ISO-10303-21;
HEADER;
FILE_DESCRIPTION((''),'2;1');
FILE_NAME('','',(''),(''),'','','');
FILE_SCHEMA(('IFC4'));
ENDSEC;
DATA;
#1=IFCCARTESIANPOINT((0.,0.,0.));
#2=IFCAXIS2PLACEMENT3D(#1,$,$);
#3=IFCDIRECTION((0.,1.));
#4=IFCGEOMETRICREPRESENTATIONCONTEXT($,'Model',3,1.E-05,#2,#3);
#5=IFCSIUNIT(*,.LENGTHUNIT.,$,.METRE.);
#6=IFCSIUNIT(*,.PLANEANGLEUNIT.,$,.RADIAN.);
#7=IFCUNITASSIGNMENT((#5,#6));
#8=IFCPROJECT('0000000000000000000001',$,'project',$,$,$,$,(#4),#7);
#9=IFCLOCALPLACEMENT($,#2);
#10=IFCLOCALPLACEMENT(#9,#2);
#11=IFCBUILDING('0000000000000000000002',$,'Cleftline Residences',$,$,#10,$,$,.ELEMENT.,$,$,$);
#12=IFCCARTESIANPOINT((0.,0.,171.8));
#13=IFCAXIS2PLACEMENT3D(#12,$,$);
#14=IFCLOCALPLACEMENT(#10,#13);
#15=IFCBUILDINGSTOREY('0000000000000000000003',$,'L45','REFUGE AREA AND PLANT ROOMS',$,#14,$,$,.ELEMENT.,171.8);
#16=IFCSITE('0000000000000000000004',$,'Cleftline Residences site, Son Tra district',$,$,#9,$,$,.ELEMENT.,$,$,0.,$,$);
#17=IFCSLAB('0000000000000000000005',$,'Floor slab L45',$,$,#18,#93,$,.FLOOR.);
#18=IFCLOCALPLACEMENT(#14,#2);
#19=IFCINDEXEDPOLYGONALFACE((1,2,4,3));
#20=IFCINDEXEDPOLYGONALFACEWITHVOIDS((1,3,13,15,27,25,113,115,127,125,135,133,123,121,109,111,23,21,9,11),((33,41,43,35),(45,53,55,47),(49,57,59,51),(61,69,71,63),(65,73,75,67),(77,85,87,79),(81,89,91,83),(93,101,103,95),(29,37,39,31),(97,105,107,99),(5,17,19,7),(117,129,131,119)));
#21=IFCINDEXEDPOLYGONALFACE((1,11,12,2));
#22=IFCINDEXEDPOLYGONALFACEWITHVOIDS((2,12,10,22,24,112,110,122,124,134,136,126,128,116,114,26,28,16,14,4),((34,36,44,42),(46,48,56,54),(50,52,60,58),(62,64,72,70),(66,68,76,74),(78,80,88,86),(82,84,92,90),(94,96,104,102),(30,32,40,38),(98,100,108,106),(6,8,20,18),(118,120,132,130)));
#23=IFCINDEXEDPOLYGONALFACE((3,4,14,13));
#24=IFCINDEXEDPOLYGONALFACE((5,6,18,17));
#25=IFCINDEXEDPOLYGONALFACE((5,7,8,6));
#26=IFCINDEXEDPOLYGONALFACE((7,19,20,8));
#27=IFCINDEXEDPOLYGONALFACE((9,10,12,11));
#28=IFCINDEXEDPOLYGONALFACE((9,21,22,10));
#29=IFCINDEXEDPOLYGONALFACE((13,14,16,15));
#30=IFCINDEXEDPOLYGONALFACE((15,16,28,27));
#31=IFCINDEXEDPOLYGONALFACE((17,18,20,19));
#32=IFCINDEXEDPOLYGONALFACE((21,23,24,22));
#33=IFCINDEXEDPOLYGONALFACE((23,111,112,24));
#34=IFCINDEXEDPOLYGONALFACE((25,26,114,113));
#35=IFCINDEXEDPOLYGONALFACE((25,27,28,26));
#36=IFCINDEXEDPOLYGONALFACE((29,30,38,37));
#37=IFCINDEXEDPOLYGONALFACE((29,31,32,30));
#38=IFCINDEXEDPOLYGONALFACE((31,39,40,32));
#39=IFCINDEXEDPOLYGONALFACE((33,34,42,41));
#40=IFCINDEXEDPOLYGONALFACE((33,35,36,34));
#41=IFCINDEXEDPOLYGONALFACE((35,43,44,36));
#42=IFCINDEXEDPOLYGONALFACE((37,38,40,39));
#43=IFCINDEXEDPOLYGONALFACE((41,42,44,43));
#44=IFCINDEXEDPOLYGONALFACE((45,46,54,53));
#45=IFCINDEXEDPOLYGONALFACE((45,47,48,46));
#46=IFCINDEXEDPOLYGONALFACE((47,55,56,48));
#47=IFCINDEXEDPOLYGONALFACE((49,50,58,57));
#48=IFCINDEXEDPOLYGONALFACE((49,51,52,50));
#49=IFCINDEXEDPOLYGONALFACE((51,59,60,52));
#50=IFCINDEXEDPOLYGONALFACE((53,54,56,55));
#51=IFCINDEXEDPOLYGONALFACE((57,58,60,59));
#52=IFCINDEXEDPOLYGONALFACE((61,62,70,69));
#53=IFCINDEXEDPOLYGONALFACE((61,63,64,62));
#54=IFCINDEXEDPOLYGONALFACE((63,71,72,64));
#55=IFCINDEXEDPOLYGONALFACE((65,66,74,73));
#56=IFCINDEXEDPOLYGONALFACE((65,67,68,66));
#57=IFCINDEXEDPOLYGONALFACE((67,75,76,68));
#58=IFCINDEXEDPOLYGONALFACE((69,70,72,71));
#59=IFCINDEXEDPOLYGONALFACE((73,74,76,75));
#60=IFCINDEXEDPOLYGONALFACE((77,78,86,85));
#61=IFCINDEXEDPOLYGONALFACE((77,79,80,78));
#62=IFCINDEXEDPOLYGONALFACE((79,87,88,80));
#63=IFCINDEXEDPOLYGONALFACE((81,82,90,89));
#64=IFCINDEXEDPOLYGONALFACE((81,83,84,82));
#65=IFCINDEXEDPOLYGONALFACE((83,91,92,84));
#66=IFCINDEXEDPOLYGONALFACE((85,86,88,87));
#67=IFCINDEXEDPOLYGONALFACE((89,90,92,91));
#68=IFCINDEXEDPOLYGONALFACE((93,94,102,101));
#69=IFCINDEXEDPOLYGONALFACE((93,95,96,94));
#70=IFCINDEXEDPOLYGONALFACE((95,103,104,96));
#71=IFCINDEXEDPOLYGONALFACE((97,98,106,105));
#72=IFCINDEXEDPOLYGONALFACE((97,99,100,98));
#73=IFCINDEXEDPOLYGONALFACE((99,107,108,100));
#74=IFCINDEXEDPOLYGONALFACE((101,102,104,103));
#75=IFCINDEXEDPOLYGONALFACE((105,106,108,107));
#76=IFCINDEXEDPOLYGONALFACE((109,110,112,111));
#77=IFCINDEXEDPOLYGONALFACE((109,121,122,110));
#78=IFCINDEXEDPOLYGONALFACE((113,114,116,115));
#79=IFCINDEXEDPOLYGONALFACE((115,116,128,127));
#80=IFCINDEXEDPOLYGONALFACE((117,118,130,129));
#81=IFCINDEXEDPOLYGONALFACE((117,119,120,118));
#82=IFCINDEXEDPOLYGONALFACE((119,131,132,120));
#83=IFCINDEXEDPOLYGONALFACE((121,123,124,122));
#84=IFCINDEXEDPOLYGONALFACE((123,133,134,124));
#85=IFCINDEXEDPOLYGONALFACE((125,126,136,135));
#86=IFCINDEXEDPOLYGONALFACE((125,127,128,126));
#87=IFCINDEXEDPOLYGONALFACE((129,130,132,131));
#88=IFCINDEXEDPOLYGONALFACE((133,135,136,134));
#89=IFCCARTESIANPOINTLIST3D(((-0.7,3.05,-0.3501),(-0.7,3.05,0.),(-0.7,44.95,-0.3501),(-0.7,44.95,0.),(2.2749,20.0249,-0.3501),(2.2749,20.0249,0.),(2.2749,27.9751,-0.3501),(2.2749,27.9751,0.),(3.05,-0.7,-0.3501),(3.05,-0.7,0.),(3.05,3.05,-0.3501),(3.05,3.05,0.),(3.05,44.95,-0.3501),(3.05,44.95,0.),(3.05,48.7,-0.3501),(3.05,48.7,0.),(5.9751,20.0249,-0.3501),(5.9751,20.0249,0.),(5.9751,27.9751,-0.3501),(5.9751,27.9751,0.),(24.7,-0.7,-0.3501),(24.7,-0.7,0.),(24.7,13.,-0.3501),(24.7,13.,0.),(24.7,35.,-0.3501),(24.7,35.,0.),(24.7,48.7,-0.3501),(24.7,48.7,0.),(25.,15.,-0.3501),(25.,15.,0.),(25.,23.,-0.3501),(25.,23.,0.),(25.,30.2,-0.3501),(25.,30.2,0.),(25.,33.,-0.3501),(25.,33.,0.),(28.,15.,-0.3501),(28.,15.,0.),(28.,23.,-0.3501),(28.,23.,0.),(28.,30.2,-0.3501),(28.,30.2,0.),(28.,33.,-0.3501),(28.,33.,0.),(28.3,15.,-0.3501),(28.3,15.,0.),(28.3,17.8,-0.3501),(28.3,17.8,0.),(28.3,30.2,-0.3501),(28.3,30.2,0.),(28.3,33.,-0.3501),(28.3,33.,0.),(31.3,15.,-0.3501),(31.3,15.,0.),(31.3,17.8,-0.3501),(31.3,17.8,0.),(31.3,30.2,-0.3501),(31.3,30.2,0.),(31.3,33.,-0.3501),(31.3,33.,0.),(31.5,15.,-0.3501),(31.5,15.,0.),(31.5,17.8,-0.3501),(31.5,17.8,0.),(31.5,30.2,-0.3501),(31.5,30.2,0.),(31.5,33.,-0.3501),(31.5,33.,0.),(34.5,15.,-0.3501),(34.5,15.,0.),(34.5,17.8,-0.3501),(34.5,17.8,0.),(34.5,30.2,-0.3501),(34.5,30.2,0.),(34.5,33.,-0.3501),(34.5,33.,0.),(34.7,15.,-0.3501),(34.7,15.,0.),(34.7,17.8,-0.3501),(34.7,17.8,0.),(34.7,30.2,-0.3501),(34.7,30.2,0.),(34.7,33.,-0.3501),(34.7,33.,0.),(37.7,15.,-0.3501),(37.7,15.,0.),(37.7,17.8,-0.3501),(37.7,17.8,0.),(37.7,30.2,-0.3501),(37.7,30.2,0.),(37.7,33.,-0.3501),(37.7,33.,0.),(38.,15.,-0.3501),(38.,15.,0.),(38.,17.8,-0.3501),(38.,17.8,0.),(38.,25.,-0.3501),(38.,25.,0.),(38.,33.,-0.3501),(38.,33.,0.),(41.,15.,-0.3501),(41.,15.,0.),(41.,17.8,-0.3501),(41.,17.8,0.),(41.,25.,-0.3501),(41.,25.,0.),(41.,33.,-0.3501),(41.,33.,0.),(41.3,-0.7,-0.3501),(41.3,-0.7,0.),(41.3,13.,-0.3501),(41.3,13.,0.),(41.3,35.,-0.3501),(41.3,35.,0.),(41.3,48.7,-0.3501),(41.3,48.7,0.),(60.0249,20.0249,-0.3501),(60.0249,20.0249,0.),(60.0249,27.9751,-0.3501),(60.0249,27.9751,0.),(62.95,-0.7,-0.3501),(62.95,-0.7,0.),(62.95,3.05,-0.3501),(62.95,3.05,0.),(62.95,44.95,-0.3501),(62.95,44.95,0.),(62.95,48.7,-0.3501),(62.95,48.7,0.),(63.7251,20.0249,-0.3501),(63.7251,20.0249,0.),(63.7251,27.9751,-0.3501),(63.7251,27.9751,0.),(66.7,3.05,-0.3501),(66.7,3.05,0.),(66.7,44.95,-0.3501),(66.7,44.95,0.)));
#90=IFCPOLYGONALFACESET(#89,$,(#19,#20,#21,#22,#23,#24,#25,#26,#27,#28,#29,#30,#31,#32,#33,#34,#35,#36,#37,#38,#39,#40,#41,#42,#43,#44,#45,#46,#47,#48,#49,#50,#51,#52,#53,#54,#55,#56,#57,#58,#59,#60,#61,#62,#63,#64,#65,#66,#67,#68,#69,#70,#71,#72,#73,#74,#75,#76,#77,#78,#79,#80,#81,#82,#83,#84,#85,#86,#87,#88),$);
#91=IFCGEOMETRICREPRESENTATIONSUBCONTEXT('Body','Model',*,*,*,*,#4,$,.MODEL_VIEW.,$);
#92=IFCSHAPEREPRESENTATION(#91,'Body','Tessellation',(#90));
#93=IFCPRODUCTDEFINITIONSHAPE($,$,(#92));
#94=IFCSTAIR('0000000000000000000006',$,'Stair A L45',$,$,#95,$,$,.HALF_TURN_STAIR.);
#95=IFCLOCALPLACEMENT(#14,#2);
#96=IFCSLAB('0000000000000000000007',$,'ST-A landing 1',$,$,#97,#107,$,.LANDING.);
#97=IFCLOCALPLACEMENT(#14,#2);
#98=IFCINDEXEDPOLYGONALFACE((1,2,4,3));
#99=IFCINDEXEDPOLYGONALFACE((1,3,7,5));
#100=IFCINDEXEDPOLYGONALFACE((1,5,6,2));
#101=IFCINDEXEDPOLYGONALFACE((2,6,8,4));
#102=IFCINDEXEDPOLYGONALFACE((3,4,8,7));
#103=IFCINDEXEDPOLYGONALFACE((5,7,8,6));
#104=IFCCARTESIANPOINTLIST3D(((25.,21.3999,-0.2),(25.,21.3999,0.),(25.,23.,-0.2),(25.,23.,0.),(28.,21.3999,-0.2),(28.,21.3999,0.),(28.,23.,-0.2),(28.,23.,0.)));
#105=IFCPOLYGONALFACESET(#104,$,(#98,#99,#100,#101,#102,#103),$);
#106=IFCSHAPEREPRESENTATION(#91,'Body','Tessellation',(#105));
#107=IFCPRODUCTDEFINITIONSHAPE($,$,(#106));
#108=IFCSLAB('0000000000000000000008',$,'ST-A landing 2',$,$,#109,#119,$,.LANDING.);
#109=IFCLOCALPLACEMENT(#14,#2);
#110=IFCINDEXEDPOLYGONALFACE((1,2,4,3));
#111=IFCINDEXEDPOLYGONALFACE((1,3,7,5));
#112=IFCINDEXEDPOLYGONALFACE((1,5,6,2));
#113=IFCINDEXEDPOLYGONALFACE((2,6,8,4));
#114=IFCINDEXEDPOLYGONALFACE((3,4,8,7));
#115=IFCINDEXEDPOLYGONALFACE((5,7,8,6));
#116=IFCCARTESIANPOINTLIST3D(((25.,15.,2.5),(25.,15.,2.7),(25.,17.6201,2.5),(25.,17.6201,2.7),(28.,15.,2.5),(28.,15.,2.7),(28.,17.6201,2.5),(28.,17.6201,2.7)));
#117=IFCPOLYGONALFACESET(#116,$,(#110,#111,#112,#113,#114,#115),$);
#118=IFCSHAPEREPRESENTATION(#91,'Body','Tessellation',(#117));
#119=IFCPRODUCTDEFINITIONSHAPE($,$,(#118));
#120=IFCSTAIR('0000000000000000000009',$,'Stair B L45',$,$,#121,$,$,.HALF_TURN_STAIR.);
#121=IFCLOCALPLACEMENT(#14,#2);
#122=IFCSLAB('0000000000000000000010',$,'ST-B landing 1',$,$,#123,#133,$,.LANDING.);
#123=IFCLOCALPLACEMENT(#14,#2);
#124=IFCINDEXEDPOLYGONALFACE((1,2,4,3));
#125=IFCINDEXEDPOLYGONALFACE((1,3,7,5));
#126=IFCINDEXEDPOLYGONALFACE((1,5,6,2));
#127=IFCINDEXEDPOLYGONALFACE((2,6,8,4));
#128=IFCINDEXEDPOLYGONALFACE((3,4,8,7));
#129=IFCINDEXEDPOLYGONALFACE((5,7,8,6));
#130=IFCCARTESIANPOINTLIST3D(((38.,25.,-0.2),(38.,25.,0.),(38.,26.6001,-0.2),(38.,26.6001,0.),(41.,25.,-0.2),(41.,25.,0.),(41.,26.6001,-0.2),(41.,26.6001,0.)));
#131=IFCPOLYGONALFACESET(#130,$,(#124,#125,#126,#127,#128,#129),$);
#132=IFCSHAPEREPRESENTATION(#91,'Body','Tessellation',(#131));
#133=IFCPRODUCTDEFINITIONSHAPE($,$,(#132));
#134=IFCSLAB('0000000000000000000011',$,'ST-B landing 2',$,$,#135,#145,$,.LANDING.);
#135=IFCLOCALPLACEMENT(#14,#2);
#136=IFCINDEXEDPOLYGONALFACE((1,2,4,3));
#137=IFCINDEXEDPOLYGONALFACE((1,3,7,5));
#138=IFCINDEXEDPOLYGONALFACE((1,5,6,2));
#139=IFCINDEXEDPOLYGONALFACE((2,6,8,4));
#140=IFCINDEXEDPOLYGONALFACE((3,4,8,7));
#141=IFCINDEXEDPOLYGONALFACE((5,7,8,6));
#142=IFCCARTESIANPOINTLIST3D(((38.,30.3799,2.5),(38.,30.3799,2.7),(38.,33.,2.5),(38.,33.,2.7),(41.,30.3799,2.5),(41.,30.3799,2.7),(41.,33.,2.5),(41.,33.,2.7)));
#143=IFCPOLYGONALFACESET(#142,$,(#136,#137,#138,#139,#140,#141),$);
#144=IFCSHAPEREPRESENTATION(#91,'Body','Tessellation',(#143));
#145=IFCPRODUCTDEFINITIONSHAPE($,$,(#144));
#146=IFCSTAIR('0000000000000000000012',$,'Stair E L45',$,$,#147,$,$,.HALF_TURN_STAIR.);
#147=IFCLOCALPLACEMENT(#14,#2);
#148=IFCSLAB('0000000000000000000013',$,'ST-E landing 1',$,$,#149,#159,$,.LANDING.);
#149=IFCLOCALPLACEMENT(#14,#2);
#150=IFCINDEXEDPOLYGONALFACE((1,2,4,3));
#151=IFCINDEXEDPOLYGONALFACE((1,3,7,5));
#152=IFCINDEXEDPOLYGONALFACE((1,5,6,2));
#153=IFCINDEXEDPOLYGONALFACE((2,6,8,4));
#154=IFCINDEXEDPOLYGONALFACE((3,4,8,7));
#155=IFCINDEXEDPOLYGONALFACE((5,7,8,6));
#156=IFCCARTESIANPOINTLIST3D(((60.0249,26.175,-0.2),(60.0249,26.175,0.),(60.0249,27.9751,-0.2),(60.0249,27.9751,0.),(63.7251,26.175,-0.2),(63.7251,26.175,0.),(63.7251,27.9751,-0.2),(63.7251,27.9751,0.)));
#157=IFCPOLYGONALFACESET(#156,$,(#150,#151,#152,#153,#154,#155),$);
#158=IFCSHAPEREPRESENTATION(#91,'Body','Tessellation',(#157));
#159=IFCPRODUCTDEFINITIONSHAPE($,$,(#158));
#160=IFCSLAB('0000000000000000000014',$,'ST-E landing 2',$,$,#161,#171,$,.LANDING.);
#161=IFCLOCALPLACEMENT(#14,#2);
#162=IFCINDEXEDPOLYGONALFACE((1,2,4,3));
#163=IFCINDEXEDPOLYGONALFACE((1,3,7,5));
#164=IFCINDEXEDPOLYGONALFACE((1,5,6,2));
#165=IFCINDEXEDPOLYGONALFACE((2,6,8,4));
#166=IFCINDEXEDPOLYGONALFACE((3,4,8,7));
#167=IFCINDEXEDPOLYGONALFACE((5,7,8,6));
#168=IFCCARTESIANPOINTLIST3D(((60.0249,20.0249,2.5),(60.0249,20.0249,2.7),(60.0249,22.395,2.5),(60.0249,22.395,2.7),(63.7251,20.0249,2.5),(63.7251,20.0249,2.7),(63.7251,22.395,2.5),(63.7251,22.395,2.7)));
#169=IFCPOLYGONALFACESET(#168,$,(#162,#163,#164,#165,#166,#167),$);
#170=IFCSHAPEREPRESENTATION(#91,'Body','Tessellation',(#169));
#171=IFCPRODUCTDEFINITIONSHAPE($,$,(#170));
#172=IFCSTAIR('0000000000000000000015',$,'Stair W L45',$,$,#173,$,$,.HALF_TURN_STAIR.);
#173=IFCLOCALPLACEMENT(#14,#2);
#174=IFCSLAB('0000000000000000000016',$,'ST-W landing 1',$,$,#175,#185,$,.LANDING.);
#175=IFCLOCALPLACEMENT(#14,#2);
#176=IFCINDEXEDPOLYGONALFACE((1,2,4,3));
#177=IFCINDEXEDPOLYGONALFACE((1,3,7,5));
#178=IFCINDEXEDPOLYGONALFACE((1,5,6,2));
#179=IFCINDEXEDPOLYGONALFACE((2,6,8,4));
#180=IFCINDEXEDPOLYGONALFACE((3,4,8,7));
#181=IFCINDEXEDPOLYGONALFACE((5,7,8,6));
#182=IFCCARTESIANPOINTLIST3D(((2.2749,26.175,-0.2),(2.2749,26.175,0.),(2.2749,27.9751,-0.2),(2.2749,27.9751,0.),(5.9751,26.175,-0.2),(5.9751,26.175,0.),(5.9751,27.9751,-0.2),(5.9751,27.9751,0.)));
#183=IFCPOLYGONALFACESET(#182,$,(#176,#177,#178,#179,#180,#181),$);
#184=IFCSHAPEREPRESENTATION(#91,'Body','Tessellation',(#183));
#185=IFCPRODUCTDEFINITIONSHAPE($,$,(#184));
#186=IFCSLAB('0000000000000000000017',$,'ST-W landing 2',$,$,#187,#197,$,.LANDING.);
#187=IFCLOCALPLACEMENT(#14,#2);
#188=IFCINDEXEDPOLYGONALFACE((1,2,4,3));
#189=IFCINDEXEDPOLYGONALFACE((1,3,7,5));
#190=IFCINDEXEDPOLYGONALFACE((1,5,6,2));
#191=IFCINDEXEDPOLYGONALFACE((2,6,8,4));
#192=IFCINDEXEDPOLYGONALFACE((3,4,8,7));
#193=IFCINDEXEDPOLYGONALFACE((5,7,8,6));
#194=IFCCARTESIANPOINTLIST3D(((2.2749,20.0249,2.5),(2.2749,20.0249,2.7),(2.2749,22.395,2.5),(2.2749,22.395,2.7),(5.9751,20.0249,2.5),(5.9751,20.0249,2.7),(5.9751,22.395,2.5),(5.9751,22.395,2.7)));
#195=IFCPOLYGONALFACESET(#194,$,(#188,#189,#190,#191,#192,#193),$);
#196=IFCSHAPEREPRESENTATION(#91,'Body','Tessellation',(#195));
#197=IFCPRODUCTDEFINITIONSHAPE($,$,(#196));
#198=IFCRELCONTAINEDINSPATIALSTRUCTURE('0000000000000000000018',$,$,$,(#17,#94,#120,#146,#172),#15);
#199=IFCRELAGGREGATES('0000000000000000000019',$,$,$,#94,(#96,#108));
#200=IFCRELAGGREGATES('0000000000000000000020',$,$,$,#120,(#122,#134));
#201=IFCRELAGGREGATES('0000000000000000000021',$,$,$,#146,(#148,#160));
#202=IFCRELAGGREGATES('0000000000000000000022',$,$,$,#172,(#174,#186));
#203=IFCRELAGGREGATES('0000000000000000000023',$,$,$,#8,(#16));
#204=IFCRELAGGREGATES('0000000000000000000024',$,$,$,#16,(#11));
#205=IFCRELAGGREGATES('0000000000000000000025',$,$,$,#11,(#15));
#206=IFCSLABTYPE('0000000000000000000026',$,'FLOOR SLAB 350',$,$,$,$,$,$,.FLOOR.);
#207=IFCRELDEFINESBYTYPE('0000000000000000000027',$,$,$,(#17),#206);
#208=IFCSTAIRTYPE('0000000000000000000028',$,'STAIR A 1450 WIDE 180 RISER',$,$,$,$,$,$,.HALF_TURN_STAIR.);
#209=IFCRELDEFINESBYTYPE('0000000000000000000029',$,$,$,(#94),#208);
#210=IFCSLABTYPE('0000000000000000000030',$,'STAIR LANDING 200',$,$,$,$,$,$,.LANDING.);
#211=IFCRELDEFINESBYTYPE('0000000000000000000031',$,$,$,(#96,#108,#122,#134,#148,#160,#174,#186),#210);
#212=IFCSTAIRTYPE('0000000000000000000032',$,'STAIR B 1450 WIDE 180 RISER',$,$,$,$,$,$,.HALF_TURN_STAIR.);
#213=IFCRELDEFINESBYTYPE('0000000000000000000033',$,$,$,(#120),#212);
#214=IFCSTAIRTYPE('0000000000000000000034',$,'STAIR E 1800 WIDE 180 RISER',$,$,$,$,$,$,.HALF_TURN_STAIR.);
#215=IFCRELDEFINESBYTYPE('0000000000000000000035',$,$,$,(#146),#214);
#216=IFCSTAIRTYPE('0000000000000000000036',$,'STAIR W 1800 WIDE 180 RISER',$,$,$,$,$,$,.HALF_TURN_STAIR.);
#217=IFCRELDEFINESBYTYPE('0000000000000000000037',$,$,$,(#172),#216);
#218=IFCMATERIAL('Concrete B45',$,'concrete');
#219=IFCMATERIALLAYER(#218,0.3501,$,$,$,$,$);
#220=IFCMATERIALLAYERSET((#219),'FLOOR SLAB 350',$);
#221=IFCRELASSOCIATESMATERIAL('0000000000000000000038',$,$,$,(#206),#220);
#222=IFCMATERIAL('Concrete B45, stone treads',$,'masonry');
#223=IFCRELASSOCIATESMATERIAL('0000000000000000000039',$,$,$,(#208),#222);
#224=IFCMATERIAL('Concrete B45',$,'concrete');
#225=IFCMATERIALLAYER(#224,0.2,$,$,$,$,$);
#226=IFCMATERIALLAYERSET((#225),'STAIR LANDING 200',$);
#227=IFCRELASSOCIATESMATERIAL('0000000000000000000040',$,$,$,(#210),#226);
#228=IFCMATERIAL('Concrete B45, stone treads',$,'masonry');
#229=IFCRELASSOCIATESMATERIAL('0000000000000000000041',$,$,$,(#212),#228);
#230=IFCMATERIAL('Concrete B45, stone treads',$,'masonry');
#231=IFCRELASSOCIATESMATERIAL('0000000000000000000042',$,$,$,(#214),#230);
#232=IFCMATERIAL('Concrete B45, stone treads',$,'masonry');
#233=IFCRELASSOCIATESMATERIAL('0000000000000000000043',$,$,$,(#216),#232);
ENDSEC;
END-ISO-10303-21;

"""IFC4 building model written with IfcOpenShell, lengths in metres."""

from ifc_helpers import new_model, si_unit, direction, frame, origin, place, context, subcontext, project, spatial, polyline, outline, extrude, material, layer, layer_set, type_object, element, aggregate, save


model = new_model("IFC4")

# Units and contexts
model_context = context("Model", 3, precision=1e-05, world=origin(), true_north=direction((0.0, 1.0)))
body_context = subcontext(model_context, "Body", "Model", "MODEL_VIEW")
ifc_project = project(units=[si_unit("LENGTHUNIT", "METRE"), si_unit("PLANEANGLEUNIT", "RADIAN")], contexts=[model_context])

# Site, building, storey
site_placement = place(None, origin())
site = spatial("IfcSite", under=ifc_project, at=site_placement, Name="Cleftline Residences site, Son Tra district", CompositionType="ELEMENT", RefElevation=0.0)
building_placement = place(site_placement, origin())
building = spatial("IfcBuilding", under=site, at=building_placement, Name="Cleftline Residences", CompositionType="ELEMENT")
storey_placement = place(building_placement, frame((0.0, 0.0, 171.8)))
storey = spatial("IfcBuildingStorey", under=building, at=storey_placement, Name="L45", Description="REFUGE AREA AND PLANT ROOMS", CompositionType="ELEMENT", Elevation=171.8)

# Slab
ifc_material_1 = material(Name="Concrete B45", Category="concrete")
ifc_layer_1 = layer(ifc_material_1, 0.3501)
ifc_layer_set_1 = layer_set([ifc_layer_1], Name="FLOOR SLAB 350")
slab_type_1 = type_object("IfcSlabType", Name="FLOOR SLAB 350", PredefinedType="FLOOR", material=ifc_layer_set_1)
slab_1_placement = place(storey_placement, frame((0.0, 0.0, -0.3501)))
element("IfcSlab", 1, at=slab_1_placement, inside=storey, type_object=slab_type_1, Name="Floor slab L45", PredefinedType="FLOOR", context=body_context, shape_type="SweptSolid", body=[
    extrude(outline(polyline([(24.7, 13.0), (41.3, 13.0), (41.3, -0.7), (62.95, -0.7), (62.95, 3.05), (66.7, 3.05), (66.7, 44.95), (62.95, 44.95), (62.95, 48.7), (41.3, 48.7), (41.3, 35.0), (24.7, 35.0), (24.7, 48.7), (3.05, 48.7), (3.05, 44.95), (-0.7, 44.95), (-0.7, 3.05), (3.05, 3.05), (3.05, -0.7), (24.7, -0.7), (24.7, 13.0)]), holes=[polyline([(28.0, 15.0), (28.0, 23.0), (25.0, 23.0), (25.0, 15.0), (28.0, 15.0)]), polyline([(41.0, 25.0), (41.0, 33.0), (38.0, 33.0), (38.0, 25.0), (41.0, 25.0)]), polyline([(28.0, 30.2), (28.0, 33.0), (25.0, 33.0), (25.0, 30.2), (28.0, 30.2)]), polyline([(41.0, 15.0), (41.0, 17.8), (38.0, 17.8), (38.0, 15.0), (41.0, 15.0)]), polyline([(31.3, 15.0), (31.3, 17.8), (28.3, 17.8), (28.3, 15.0), (31.3, 15.0)]), polyline([(34.5, 15.0), (34.5, 17.8), (31.5, 17.8), (31.5, 15.0), (34.5, 15.0)]), polyline([(37.7, 15.0), (37.7, 17.8), (34.7, 17.8), (34.7, 15.0), (37.7, 15.0)]), polyline([(31.3, 30.2), (31.3, 33.0), (28.3, 33.0), (28.3, 30.2), (31.3, 30.2)]), polyline([(34.5, 30.2), (34.5, 33.0), (31.5, 33.0), (31.5, 30.2), (34.5, 30.2)]), polyline([(37.7, 30.2), (37.7, 33.0), (34.7, 33.0), (34.7, 30.2), (37.7, 30.2)]), polyline([(63.7251, 20.0249), (63.7251, 27.9751), (60.0249, 27.9751), (60.0249, 20.0249), (63.7251, 20.0249)]), polyline([(5.9751, 20.0249), (5.9751, 27.9751), (2.2749, 27.9751), (2.2749, 20.0249), (5.9751, 20.0249)])]), origin(), (0.0, 0.0, 1.0), 0.3501),
])

# Stairs, slabs
ifc_material_2 = material(Name="Concrete B45, stone treads", Category="masonry")
stair_type_1 = type_object("IfcStairType", Name="STAIR A 1450 WIDE 180 RISER", PredefinedType="HALF_TURN_STAIR", material=ifc_material_2)
stair_1_placement = place(storey_placement, origin())
stair_1 = element("IfcStair", 2, at=stair_1_placement, inside=storey, type_object=stair_type_1, Name="Stair A L45", PredefinedType="HALF_TURN_STAIR")
ifc_material_3 = material(Name="Concrete B45", Category="concrete")
ifc_layer_2 = layer(ifc_material_3, 0.2)
ifc_layer_set_2 = layer_set([ifc_layer_2], Name="STAIR LANDING 200")
slab_type_2 = type_object("IfcSlabType", Name="STAIR LANDING 200", PredefinedType="LANDING", material=ifc_layer_set_2)
slab_2_placement = place(storey_placement, frame((0.0, 0.0, -0.2)))
slab_2 = element("IfcSlab", 3, at=slab_2_placement, type_object=slab_type_2, Name="ST-A landing 1", PredefinedType="LANDING", context=body_context, shape_type="SweptSolid", body=[
    extrude(outline(polyline([(25.0, 21.3999), (28.0, 21.3999), (28.0, 23.0), (25.0, 23.0), (25.0, 21.3999)])), origin(), (0.0, 0.0, 1.0), 0.2),
])
slab_3_placement = place(storey_placement, frame((0.0, 0.0, 2.5)))
slab_3 = element("IfcSlab", 4, at=slab_3_placement, type_object=slab_type_2, Name="ST-A landing 2", PredefinedType="LANDING", context=body_context, shape_type="SweptSolid", body=[
    extrude(outline(polyline([(25.0, 15.0), (28.0, 15.0), (28.0, 17.6201), (25.0, 17.6201), (25.0, 15.0)])), origin(), (0.0, 0.0, 1.0), 0.2),
])
aggregate(stair_1, [slab_2, slab_3])
ifc_material_4 = material(Name="Concrete B45, stone treads", Category="masonry")
stair_type_2 = type_object("IfcStairType", Name="STAIR B 1450 WIDE 180 RISER", PredefinedType="HALF_TURN_STAIR", material=ifc_material_4)
stair_2_placement = place(storey_placement, origin())
stair_2 = element("IfcStair", 5, at=stair_2_placement, inside=storey, type_object=stair_type_2, Name="Stair B L45", PredefinedType="HALF_TURN_STAIR")
slab_4_placement = place(storey_placement, frame((0.0, 0.0, -0.2)))
slab_4 = element("IfcSlab", 6, at=slab_4_placement, type_object=slab_type_2, Name="ST-B landing 1", PredefinedType="LANDING", context=body_context, shape_type="SweptSolid", body=[
    extrude(outline(polyline([(38.0, 25.0), (41.0, 25.0), (41.0, 26.6001), (38.0, 26.6001), (38.0, 25.0)])), origin(), (0.0, 0.0, 1.0), 0.2),
])
slab_5_placement = place(storey_placement, frame((0.0, 0.0, 2.5)))
slab_5 = element("IfcSlab", 7, at=slab_5_placement, type_object=slab_type_2, Name="ST-B landing 2", PredefinedType="LANDING", context=body_context, shape_type="SweptSolid", body=[
    extrude(outline(polyline([(38.0, 30.3799), (41.0, 30.3799), (41.0, 33.0), (38.0, 33.0), (38.0, 30.3799)])), origin(), (0.0, 0.0, 1.0), 0.2),
])
aggregate(stair_2, [slab_4, slab_5])
ifc_material_5 = material(Name="Concrete B45, stone treads", Category="masonry")
stair_type_3 = type_object("IfcStairType", Name="STAIR E 1800 WIDE 180 RISER", PredefinedType="HALF_TURN_STAIR", material=ifc_material_5)
stair_3_placement = place(storey_placement, origin())
stair_3 = element("IfcStair", 8, at=stair_3_placement, inside=storey, type_object=stair_type_3, Name="Stair E L45", PredefinedType="HALF_TURN_STAIR")
slab_6_placement = place(storey_placement, frame((0.0, 0.0, -0.2)))
slab_6 = element("IfcSlab", 9, at=slab_6_placement, type_object=slab_type_2, Name="ST-E landing 1", PredefinedType="LANDING", context=body_context, shape_type="SweptSolid", body=[
    extrude(outline(polyline([(60.0249, 26.175), (63.7251, 26.175), (63.7251, 27.9751), (60.0249, 27.9751), (60.0249, 26.175)])), origin(), (0.0, 0.0, 1.0), 0.2),
])
slab_7_placement = place(storey_placement, frame((0.0, 0.0, 2.5)))
slab_7 = element("IfcSlab", 10, at=slab_7_placement, type_object=slab_type_2, Name="ST-E landing 2", PredefinedType="LANDING", context=body_context, shape_type="SweptSolid", body=[
    extrude(outline(polyline([(60.0249, 20.0249), (63.7251, 20.0249), (63.7251, 22.395), (60.0249, 22.395), (60.0249, 20.0249)])), origin(), (0.0, 0.0, 1.0), 0.2),
])
aggregate(stair_3, [slab_6, slab_7])
ifc_material_6 = material(Name="Concrete B45, stone treads", Category="masonry")
stair_type_4 = type_object("IfcStairType", Name="STAIR W 1800 WIDE 180 RISER", PredefinedType="HALF_TURN_STAIR", material=ifc_material_6)
stair_4_placement = place(storey_placement, origin())
stair_4 = element("IfcStair", 11, at=stair_4_placement, inside=storey, type_object=stair_type_4, Name="Stair W L45", PredefinedType="HALF_TURN_STAIR")
slab_8_placement = place(storey_placement, frame((0.0, 0.0, -0.2)))
slab_8 = element("IfcSlab", 12, at=slab_8_placement, type_object=slab_type_2, Name="ST-W landing 1", PredefinedType="LANDING", context=body_context, shape_type="SweptSolid", body=[
    extrude(outline(polyline([(2.2749, 26.175), (5.9751, 26.175), (5.9751, 27.9751), (2.2749, 27.9751), (2.2749, 26.175)])), origin(), (0.0, 0.0, 1.0), 0.2),
])
slab_9_placement = place(storey_placement, frame((0.0, 0.0, 2.5)))
slab_9 = element("IfcSlab", 13, at=slab_9_placement, type_object=slab_type_2, Name="ST-W landing 2", PredefinedType="LANDING", context=body_context, shape_type="SweptSolid", body=[
    extrude(outline(polyline([(2.2749, 20.0249), (5.9751, 20.0249), (5.9751, 22.395), (2.2749, 22.395), (2.2749, 20.0249)])), origin(), (0.0, 0.0, 1.0), 0.2),
])
aggregate(stair_4, [slab_8, slab_9])

save(model, "model.ifc")
